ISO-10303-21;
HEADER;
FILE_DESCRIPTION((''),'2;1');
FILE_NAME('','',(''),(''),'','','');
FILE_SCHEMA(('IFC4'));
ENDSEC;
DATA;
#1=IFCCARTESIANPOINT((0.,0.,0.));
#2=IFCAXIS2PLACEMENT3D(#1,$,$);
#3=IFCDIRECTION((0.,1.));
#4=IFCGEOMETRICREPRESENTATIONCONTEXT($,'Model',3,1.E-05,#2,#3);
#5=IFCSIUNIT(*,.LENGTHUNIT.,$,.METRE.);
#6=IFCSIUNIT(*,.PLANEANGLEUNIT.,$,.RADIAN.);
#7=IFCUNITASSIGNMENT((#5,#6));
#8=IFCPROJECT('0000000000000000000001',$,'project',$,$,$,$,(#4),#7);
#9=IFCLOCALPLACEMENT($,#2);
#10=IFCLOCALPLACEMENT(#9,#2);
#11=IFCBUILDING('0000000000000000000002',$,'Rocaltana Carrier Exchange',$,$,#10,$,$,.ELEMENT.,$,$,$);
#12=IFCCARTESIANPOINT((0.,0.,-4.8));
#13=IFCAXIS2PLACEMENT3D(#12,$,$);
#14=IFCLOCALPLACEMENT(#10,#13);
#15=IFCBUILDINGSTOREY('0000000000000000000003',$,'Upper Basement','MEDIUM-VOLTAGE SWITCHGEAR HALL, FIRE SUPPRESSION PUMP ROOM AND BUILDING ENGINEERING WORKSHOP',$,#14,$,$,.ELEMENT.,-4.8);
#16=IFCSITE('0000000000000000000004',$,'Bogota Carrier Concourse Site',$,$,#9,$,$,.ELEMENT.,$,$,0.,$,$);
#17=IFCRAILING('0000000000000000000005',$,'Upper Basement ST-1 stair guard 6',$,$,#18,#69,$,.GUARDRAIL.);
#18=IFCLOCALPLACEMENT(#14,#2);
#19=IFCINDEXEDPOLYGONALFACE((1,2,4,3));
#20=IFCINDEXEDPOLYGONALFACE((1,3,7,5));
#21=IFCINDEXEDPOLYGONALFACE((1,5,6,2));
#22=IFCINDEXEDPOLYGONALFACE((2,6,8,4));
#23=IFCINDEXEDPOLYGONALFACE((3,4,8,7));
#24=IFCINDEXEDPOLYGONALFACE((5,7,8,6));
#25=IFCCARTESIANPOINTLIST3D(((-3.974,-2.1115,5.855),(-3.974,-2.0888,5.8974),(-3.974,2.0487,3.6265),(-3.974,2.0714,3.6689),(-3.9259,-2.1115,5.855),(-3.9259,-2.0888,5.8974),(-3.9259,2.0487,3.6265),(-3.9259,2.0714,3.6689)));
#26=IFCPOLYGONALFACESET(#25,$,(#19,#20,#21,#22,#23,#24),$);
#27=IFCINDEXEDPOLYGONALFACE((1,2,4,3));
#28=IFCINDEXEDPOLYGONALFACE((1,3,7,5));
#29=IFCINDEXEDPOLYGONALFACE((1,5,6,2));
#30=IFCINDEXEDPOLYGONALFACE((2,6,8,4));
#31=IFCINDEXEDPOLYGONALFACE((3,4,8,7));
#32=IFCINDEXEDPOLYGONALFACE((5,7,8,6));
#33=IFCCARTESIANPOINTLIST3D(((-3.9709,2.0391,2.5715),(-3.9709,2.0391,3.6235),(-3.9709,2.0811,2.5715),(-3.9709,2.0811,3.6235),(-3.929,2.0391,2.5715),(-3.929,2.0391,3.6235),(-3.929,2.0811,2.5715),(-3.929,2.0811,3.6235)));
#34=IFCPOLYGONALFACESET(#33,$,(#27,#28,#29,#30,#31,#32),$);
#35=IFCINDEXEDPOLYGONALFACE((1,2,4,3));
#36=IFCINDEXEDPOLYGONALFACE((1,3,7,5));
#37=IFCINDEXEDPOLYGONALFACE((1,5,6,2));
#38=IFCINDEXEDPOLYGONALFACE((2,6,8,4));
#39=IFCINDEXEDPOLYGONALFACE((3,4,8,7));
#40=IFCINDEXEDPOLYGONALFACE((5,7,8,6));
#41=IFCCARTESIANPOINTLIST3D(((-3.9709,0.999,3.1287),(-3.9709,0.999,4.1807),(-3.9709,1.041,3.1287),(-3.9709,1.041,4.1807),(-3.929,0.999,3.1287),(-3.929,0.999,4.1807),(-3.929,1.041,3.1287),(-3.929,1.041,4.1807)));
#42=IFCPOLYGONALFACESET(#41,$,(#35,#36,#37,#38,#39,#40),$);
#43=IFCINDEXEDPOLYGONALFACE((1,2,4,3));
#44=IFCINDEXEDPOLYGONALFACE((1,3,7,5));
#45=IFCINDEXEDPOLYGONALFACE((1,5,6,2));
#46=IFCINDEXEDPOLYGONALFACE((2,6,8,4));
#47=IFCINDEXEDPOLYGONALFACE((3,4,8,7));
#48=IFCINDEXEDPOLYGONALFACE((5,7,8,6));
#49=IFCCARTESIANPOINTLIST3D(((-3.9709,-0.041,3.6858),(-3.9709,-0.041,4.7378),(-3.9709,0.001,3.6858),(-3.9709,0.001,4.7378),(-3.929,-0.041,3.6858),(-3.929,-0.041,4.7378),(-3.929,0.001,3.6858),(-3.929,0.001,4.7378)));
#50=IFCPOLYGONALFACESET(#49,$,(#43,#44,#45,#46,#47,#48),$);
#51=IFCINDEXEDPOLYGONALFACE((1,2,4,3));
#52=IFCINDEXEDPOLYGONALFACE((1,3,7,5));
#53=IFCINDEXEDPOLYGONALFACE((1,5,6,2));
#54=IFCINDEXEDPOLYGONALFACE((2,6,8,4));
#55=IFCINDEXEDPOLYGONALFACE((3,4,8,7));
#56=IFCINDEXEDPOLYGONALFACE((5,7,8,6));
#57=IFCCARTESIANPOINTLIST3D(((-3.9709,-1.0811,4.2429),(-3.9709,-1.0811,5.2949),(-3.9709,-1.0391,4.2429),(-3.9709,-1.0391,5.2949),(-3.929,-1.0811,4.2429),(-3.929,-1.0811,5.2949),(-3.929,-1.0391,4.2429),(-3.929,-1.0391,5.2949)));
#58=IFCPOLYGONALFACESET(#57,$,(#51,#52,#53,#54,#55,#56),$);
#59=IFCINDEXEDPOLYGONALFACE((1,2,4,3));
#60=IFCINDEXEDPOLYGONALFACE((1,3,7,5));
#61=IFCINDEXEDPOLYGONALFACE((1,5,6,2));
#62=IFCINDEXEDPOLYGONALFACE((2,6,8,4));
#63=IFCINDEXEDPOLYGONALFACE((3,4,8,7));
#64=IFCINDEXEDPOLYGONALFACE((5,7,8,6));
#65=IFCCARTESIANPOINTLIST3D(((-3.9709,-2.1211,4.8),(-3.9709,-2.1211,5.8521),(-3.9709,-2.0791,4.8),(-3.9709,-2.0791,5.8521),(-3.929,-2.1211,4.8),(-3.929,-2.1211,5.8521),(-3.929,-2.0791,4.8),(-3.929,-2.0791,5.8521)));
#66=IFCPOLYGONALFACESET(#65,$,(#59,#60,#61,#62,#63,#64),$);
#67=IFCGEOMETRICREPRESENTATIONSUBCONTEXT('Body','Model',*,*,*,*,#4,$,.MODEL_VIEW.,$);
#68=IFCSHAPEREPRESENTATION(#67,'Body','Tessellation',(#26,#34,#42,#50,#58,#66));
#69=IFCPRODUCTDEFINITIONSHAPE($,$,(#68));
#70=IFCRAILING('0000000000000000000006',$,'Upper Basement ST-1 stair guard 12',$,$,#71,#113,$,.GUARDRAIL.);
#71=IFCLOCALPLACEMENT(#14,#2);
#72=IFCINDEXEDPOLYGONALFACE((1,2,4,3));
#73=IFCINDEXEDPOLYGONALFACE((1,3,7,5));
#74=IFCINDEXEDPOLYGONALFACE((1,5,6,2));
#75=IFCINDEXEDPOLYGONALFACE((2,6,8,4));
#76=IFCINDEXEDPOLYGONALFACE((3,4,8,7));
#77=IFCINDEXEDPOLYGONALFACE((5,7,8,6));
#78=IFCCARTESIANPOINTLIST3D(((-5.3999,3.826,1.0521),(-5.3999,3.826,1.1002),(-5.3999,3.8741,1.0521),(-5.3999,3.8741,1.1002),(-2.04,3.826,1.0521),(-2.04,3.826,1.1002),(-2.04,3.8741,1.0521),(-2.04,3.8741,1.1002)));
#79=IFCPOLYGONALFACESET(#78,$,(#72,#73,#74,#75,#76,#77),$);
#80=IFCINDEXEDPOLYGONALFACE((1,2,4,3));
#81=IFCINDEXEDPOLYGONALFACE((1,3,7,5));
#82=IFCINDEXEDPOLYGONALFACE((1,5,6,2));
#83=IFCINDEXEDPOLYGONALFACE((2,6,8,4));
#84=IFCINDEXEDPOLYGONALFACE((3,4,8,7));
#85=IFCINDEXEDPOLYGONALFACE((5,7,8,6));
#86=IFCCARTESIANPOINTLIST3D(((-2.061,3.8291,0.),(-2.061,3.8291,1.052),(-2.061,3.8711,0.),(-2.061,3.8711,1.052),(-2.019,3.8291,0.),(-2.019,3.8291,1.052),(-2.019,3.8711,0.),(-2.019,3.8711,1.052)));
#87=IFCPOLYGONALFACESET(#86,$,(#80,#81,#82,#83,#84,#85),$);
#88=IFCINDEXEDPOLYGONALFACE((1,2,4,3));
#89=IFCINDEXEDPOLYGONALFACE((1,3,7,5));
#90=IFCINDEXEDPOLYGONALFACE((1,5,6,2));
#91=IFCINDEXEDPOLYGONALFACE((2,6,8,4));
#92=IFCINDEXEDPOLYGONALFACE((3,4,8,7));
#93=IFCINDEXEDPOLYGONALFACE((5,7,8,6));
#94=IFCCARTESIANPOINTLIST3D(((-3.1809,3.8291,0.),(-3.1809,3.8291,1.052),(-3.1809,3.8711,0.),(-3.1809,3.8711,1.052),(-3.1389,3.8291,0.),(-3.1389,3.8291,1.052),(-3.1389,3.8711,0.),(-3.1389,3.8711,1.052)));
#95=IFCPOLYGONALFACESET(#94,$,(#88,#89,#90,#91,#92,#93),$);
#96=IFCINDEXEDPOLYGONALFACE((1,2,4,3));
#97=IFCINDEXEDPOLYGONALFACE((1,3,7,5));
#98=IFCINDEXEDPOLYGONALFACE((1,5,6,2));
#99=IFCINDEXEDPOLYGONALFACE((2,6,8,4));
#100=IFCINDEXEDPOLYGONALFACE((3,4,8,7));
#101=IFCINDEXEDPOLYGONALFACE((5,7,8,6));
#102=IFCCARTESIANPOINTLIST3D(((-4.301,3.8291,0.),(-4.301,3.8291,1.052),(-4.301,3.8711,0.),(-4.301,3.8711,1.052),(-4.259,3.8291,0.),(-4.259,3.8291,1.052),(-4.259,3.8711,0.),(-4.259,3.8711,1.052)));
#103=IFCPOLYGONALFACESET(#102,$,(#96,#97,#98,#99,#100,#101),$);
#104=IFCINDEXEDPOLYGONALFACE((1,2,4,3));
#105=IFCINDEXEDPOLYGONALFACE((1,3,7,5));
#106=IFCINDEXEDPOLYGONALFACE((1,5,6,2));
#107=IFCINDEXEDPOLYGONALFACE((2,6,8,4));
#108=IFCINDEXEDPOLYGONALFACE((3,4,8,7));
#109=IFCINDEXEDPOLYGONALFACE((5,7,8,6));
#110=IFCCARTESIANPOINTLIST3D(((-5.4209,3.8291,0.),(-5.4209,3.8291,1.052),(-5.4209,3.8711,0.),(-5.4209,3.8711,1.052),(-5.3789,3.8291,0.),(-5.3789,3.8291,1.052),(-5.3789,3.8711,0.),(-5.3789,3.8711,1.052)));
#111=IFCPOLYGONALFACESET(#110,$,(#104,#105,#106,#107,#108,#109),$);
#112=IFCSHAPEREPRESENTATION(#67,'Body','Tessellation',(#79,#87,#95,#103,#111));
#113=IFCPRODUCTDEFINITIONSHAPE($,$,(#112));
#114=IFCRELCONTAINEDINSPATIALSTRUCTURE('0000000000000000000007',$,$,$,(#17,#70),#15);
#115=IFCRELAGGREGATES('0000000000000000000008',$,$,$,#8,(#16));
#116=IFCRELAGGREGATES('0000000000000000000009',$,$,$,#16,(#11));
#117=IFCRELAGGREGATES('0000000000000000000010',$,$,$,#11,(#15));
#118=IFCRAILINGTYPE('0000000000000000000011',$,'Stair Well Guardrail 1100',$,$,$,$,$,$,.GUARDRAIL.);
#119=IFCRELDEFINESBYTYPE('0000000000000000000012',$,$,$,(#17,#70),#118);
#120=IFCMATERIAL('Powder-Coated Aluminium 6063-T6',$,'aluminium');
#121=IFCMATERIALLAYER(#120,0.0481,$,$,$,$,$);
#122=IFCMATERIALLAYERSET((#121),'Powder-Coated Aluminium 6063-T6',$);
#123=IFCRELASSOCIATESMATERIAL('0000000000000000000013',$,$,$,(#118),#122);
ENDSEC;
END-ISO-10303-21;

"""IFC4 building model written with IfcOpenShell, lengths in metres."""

from ifc_helpers import new_model, si_unit, direction, frame, origin, origin_2d, place, context, subcontext, project, spatial, rectangle, extrude, material, layer, layer_set, type_object, element, save


model = new_model("IFC4")

# Units and contexts
model_context = context("Model", 3, precision=1e-05, world=origin(), true_north=direction((0.0, 1.0)))
body_context = subcontext(model_context, "Body", "Model", "MODEL_VIEW")
ifc_project = project(units=[si_unit("LENGTHUNIT", "METRE"), si_unit("PLANEANGLEUNIT", "RADIAN")], contexts=[model_context])

# Site, building, storey
site_placement = place(None, origin())
site = spatial("IfcSite", under=ifc_project, at=site_placement, Name="Bogota Carrier Concourse Site", CompositionType="ELEMENT", RefElevation=0.0)
building_placement = place(site_placement, origin())
building = spatial("IfcBuilding", under=site, at=building_placement, Name="Rocaltana Carrier Exchange", CompositionType="ELEMENT")
storey_placement = place(building_placement, frame((0.0, 0.0, -4.8)))
storey = spatial("IfcBuildingStorey", under=building, at=storey_placement, Name="Upper Basement", Description="MEDIUM-VOLTAGE SWITCHGEAR HALL, FIRE SUPPRESSION PUMP ROOM AND BUILDING ENGINEERING WORKSHOP", CompositionType="ELEMENT", Elevation=-4.8)

# Railings
ifc_material_1 = material(Name="Powder-Coated Aluminium 6063-T6", Category="aluminium")
ifc_layer_1 = layer(ifc_material_1, 0.0481)
ifc_layer_set_1 = layer_set([ifc_layer_1], Name="Powder-Coated Aluminium 6063-T6")
railing_type_1 = type_object("IfcRailingType", Name="Stair Well Guardrail 1100", PredefinedType="GUARDRAIL", material=ifc_layer_set_1)
railing_1_placement = place(storey_placement, frame((-3.95, 2.0601, 2.5715)))
element("IfcRailing", 1, at=railing_1_placement, inside=storey, type_object=railing_type_1, Name="Upper Basement ST-1 stair guard 6", PredefinedType="GUARDRAIL", context=body_context, shape_type="SweptSolid", body=[
    extrude(rectangle(XDim=0.0481, YDim=0.0481, at=origin_2d()), frame((0.0, 0.0, 1.0762), z_axis=(0.0, -0.881492, 0.472198), x_axis=(1.0, 0.0, 0.0)), (0.0, 0.0, 1.0), 4.7195),
    extrude(rectangle(XDim=0.042, YDim=0.042, at=origin_2d()), origin(), (0.0, 0.0, 1.0), 1.052),
    extrude(rectangle(XDim=0.042, YDim=0.042, at=origin_2d()), frame((0.0, -1.04, 0.5571)), (0.0, 0.0, 1.0), 1.052),
    extrude(rectangle(XDim=0.042, YDim=0.042, at=origin_2d()), frame((0.0, -2.0801, 1.1143)), (0.0, 0.0, 1.0), 1.052),
    extrude(rectangle(XDim=0.042, YDim=0.042, at=origin_2d()), frame((0.0, -3.1201, 1.6714)), (0.0, 0.0, 1.0), 1.052),
    extrude(rectangle(XDim=0.042, YDim=0.042, at=origin_2d()), frame((0.0, -4.1602, 2.2285)), (0.0, 0.0, 1.0), 1.052),
])
railing_2_placement = place(storey_placement, frame((-2.04, 3.8501, 0.0)))
element("IfcRailing", 2, at=railing_2_placement, inside=storey, type_object=railing_type_1, Name="Upper Basement ST-1 stair guard 12", PredefinedType="GUARDRAIL", context=body_context, shape_type="SweptSolid", body=[
    extrude(rectangle(XDim=0.0481, YDim=0.0481, at=origin_2d()), frame((0.0, 0.0, 1.0762), z_axis=(-1.0, 0.0, 0.0), x_axis=(0.0, -1.0, 0.0)), (0.0, 0.0, 1.0), 3.3599),
    extrude(rectangle(XDim=0.042, YDim=0.042, at=origin_2d()), origin(), (0.0, 0.0, 1.0), 1.052),
    extrude(rectangle(XDim=0.042, YDim=0.042, at=origin_2d()), frame((-1.1199, 0.0, 0.0)), (0.0, 0.0, 1.0), 1.052),
    extrude(rectangle(XDim=0.042, YDim=0.042, at=origin_2d()), frame((-2.24, 0.0, 0.0)), (0.0, 0.0, 1.0), 1.052),
    extrude(rectangle(XDim=0.042, YDim=0.042, at=origin_2d()), frame((-3.3599, 0.0, 0.0)), (0.0, 0.0, 1.0), 1.052),
])

save(model, "model.ifc")
